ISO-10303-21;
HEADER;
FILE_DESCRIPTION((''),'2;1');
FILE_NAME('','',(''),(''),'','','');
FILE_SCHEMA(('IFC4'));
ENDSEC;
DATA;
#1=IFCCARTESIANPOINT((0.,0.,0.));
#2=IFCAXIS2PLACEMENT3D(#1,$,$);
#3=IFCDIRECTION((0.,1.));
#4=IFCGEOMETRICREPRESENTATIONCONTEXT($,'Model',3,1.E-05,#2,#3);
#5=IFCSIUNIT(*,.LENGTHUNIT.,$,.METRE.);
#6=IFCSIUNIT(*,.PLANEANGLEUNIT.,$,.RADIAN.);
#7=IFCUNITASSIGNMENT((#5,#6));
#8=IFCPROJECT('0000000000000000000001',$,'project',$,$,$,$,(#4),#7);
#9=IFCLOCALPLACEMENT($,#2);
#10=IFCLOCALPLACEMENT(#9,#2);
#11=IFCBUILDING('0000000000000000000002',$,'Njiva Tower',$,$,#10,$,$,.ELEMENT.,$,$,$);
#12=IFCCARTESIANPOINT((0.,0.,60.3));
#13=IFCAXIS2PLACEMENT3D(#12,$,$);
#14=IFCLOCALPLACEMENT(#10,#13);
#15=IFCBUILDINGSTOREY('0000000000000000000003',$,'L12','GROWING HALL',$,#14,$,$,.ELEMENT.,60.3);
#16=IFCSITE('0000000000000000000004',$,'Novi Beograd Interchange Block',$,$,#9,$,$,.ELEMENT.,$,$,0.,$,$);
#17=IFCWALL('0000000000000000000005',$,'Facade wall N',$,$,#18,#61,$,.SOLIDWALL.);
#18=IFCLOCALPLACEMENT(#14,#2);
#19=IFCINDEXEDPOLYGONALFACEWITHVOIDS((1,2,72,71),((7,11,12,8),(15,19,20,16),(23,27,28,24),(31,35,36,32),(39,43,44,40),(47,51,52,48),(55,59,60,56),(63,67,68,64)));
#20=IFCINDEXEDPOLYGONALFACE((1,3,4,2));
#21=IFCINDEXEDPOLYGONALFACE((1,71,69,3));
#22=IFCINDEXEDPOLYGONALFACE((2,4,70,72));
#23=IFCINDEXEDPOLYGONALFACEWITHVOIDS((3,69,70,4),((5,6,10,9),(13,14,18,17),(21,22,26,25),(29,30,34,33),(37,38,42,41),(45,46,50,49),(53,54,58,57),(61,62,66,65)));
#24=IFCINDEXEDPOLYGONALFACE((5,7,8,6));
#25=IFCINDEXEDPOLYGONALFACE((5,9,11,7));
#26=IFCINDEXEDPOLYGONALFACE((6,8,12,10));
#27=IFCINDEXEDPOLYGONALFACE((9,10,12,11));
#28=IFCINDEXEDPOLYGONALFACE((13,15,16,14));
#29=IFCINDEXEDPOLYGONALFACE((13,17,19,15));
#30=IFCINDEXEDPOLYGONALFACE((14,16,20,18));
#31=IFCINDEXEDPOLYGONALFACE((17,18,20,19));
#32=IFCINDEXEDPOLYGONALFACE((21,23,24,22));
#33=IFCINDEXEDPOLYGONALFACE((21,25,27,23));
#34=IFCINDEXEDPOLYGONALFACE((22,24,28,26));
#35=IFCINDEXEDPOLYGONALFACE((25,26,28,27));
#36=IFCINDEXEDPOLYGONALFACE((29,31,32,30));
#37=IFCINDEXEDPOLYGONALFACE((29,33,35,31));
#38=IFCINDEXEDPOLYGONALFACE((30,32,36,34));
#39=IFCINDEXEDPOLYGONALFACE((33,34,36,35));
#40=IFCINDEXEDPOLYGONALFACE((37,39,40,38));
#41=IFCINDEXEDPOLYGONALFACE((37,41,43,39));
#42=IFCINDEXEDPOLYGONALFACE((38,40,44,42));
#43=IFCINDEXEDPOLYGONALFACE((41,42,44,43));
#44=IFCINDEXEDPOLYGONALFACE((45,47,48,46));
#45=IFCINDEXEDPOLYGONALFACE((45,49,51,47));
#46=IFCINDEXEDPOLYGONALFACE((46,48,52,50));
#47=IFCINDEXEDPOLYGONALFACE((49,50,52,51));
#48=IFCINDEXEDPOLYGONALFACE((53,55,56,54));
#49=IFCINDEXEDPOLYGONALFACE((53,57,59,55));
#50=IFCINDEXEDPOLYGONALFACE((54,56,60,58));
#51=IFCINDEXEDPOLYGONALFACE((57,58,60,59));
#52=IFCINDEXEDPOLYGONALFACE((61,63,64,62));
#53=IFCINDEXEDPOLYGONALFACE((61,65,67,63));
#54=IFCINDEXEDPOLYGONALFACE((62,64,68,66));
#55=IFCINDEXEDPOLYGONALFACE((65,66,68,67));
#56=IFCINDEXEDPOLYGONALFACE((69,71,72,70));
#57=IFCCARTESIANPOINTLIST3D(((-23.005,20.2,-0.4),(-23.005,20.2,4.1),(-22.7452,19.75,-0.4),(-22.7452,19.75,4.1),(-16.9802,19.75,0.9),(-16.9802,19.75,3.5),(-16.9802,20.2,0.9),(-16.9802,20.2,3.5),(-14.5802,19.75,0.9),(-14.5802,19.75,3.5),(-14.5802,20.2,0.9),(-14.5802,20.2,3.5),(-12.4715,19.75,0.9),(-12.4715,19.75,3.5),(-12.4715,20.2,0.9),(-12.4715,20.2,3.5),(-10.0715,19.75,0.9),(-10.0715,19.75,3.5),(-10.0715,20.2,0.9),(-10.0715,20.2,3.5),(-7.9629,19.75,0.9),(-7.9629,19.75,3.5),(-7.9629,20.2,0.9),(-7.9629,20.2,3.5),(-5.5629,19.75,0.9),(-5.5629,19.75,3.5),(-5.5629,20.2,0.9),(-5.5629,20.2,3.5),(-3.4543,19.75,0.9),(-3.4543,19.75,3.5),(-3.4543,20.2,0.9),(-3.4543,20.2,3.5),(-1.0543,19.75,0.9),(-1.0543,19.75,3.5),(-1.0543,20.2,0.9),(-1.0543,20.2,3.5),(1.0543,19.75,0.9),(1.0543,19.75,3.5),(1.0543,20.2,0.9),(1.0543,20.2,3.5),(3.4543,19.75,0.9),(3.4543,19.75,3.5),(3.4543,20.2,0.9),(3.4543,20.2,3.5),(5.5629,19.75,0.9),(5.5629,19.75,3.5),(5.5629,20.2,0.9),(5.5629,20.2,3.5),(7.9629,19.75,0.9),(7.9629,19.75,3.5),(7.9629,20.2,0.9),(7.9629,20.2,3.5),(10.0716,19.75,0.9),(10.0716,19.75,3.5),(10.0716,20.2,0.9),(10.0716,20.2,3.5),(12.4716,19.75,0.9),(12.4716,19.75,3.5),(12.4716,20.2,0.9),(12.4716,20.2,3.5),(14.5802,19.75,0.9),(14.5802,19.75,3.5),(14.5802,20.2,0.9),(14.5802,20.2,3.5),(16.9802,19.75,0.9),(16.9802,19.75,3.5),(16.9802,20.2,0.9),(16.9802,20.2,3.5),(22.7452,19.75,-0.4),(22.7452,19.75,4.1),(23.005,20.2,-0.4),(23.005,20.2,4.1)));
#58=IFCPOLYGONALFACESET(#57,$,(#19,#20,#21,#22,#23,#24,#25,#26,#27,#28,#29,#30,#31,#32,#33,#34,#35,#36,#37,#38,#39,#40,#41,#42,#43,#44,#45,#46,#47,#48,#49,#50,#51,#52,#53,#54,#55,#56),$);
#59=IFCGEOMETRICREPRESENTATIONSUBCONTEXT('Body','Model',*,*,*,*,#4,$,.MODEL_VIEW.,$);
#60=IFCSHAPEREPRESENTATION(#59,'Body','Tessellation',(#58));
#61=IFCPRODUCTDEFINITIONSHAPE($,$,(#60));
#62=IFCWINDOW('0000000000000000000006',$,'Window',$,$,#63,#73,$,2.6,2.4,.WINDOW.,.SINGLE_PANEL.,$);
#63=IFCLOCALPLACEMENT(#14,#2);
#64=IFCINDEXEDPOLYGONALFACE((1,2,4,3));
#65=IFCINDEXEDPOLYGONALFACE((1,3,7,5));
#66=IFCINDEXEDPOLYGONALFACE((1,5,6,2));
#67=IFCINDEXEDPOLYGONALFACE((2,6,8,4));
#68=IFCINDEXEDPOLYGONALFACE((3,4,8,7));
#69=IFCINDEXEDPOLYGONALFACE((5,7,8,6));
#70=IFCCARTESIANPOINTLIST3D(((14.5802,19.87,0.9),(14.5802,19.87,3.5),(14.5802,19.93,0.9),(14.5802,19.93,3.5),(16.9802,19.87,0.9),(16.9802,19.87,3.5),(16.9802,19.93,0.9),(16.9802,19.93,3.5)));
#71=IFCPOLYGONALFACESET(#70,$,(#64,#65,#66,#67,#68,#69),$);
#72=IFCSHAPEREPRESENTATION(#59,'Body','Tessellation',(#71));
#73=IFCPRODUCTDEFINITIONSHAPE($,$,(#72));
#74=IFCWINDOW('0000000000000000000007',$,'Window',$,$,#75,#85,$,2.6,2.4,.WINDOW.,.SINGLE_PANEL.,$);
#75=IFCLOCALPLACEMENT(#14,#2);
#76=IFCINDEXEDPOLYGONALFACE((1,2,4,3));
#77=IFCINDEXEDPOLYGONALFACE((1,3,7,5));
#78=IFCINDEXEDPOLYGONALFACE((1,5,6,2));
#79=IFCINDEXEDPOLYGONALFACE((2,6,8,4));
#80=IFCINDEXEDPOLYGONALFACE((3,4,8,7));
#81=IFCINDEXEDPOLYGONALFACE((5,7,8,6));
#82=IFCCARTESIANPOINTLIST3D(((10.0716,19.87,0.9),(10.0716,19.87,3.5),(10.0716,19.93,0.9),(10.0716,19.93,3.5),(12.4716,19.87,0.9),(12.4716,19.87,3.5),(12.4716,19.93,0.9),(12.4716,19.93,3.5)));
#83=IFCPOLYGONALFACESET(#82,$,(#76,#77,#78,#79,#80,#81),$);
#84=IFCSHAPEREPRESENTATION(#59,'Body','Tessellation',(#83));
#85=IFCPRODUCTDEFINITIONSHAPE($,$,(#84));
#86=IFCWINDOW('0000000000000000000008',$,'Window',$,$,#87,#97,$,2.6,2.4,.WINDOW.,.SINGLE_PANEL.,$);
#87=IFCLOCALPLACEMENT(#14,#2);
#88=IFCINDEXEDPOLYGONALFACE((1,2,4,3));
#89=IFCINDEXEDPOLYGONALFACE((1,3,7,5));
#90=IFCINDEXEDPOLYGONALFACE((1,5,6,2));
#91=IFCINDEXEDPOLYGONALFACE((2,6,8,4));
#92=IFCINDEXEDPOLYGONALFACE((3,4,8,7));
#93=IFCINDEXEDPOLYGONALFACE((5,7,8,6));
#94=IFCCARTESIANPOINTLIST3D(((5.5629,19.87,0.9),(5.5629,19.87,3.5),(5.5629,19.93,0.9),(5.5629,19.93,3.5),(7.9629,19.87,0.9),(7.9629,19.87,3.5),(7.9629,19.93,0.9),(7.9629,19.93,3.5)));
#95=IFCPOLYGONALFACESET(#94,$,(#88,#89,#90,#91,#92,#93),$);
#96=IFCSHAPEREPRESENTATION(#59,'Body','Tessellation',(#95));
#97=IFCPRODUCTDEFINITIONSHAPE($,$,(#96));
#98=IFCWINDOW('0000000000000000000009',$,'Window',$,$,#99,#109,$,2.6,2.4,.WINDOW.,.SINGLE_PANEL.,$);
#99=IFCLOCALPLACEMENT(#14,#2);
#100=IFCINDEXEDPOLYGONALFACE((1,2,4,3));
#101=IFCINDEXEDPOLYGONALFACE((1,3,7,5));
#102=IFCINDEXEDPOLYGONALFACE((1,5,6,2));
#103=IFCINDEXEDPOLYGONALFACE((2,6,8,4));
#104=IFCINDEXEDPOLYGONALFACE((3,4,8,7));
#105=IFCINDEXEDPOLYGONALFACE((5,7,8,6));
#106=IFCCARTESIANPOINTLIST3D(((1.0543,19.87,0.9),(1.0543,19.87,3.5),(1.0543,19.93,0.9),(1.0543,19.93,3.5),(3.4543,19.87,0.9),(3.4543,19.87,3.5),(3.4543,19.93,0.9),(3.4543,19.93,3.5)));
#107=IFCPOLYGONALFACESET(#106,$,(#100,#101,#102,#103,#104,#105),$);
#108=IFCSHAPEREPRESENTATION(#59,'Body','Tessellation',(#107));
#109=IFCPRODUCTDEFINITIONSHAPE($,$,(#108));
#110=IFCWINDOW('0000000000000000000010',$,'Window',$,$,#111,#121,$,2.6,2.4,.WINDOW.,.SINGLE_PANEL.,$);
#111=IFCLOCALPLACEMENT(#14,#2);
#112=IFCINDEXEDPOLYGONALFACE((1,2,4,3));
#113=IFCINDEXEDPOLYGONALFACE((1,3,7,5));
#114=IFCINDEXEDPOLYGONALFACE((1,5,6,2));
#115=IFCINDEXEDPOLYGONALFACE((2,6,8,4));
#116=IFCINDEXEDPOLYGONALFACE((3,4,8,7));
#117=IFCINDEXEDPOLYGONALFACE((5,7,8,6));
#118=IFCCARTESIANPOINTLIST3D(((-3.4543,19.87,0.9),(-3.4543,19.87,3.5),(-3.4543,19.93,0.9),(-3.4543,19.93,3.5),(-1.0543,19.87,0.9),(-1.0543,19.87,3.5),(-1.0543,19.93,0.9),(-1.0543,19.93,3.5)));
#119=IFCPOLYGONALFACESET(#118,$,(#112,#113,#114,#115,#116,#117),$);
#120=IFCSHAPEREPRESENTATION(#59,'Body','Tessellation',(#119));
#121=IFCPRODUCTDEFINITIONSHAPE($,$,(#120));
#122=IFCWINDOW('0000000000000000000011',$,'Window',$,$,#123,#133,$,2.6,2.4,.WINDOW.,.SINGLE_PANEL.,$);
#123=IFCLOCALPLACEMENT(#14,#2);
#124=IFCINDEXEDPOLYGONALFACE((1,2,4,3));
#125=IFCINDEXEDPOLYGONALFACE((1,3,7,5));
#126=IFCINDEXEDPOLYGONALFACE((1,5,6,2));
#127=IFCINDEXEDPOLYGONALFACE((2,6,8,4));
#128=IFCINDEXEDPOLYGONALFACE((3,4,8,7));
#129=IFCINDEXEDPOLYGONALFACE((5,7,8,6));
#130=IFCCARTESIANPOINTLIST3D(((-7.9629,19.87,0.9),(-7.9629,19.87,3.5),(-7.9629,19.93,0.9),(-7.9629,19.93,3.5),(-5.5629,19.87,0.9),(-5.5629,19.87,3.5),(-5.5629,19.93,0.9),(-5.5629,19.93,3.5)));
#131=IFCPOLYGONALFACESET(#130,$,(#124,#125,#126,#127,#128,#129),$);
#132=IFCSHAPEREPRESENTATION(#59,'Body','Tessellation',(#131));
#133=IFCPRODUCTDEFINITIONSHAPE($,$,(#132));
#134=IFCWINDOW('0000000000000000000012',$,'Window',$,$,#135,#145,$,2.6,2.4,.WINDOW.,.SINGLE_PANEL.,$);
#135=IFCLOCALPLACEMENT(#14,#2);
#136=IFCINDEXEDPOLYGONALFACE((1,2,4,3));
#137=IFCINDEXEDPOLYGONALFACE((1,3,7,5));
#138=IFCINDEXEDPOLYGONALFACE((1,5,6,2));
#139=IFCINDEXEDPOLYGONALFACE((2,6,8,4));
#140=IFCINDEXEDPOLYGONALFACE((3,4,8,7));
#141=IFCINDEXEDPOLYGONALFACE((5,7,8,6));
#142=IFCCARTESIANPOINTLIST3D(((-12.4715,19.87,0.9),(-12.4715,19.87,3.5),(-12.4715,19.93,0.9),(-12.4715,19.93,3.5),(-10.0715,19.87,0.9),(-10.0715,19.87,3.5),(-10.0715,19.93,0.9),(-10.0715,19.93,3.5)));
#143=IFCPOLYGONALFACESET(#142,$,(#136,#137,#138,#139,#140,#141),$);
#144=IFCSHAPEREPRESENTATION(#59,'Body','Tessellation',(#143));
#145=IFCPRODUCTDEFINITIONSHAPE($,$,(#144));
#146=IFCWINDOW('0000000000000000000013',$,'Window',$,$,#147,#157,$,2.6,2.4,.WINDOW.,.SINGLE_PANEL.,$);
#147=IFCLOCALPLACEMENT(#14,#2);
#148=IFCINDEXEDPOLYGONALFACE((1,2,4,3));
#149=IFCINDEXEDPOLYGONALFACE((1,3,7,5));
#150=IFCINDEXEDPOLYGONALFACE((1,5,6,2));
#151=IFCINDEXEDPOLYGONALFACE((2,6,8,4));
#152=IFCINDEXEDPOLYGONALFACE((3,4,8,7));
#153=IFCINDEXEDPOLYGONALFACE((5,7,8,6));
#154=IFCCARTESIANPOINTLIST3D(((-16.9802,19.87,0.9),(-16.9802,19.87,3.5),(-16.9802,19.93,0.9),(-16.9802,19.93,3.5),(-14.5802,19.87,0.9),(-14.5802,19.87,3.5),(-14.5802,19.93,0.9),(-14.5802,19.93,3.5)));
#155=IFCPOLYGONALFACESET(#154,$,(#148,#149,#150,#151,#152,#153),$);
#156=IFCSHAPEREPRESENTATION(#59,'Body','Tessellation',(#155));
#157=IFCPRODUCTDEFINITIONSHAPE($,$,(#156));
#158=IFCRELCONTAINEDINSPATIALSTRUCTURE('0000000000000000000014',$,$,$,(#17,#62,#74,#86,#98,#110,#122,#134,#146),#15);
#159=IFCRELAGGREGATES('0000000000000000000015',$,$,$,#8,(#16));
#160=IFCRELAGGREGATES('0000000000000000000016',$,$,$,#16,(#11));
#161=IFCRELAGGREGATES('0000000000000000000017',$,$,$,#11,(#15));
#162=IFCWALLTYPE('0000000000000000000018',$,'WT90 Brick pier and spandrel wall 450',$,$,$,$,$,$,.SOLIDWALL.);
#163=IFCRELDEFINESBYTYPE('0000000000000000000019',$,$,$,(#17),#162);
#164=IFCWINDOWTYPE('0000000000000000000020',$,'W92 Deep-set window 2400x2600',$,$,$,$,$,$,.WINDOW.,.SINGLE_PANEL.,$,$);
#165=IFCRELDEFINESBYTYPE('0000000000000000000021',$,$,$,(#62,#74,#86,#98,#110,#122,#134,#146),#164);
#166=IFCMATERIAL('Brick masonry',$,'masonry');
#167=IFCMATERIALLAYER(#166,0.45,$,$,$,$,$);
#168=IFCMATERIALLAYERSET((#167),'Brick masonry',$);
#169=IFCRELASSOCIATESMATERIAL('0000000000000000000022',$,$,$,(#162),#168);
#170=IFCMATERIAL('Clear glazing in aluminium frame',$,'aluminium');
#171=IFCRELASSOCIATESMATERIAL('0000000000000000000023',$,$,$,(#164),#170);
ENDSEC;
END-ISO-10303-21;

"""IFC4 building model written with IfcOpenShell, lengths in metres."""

from ifc_helpers import new_model, si_unit, direction, frame, frame_2d, origin, place, context, subcontext, project, spatial, polyline, rectangle, outline, extrude, material, layer, layer_set, type_object, element, fill, save


model = new_model("IFC4")

# Units and contexts
model_context = context("Model", 3, precision=1e-05, world=origin(), true_north=direction((0.0, 1.0)))
body_context = subcontext(model_context, "Body", "Model", "MODEL_VIEW")
ifc_project = project(units=[si_unit("LENGTHUNIT", "METRE"), si_unit("PLANEANGLEUNIT", "RADIAN")], contexts=[model_context])

# Site, building, storey
site_placement = place(None, origin())
site = spatial("IfcSite", under=ifc_project, at=site_placement, Name="Novi Beograd Interchange Block", CompositionType="ELEMENT", RefElevation=0.0)
building_placement = place(site_placement, origin())
building = spatial("IfcBuilding", under=site, at=building_placement, Name="Njiva Tower", CompositionType="ELEMENT")
storey_placement = place(building_placement, frame((0.0, 0.0, 60.3)))
storey = spatial("IfcBuildingStorey", under=building, at=storey_placement, Name="L12", Description="GROWING HALL", CompositionType="ELEMENT", Elevation=60.3)

# Wall, openings, windows
ifc_material_1 = material(Name="Brick masonry", Category="masonry")
ifc_layer_1 = layer(ifc_material_1, 0.45)
ifc_layer_set_1 = layer_set([ifc_layer_1], Name="Brick masonry")
wall_type_1 = type_object("IfcWallType", Name="WT90 Brick pier and spandrel wall 450", PredefinedType="SOLIDWALL", material=ifc_layer_set_1)
wall_1_placement = place(storey_placement, frame((22.8751, 19.975, -0.4), z_axis=(0.0, 0.0, 1.0), x_axis=(-1.0, 0.0, 0.0)))
wall_1 = element("IfcWall", 1, at=wall_1_placement, inside=storey, type_object=wall_type_1, Name="Facade wall N", PredefinedType="SOLIDWALL", context=body_context, shape_type="SweptSolid", body=[
    extrude(outline(polyline([(-0.1299, -0.225), (45.8801, -0.225), (45.6203, 0.225), (0.1299, 0.225), (-0.1299, -0.225)])), origin(), (0.0, 0.0, 1.0), 4.5),
])
opening_1_placement = place(wall_1_placement, frame((5.8949, 0.0, 1.3)))
opening_1 = element("IfcOpeningElement", 2, at=opening_1_placement, cuts=wall_1, PredefinedType="OPENING", context=body_context, shape_type="SweptSolid", body=[
    extrude(rectangle(XDim=2.4, YDim=2.6, at=frame_2d((1.2, 1.3))), frame((0.0, 0.235, 0.0), z_axis=(0.0, -1.0, 0.0), x_axis=(1.0, 0.0, 0.0)), (0.0, 0.0, 1.0), 0.47),
])
opening_2_placement = place(wall_1_placement, frame((10.4035, 0.0, 1.3)))
opening_2 = element("IfcOpeningElement", 3, at=opening_2_placement, cuts=wall_1, PredefinedType="OPENING", context=body_context, shape_type="SweptSolid", body=[
    extrude(rectangle(XDim=2.4, YDim=2.6, at=frame_2d((1.2, 1.3))), frame((0.0, 0.235, 0.0), z_axis=(0.0, -1.0, 0.0), x_axis=(1.0, 0.0, 0.0)), (0.0, 0.0, 1.0), 0.47),
])
opening_3_placement = place(wall_1_placement, frame((14.9122, 0.0, 1.3)))
opening_3 = element("IfcOpeningElement", 4, at=opening_3_placement, cuts=wall_1, PredefinedType="OPENING", context=body_context, shape_type="SweptSolid", body=[
    extrude(rectangle(XDim=2.4, YDim=2.6, at=frame_2d((1.2, 1.3))), frame((0.0, 0.235, 0.0), z_axis=(0.0, -1.0, 0.0), x_axis=(1.0, 0.0, 0.0)), (0.0, 0.0, 1.0), 0.47),
])
opening_4_placement = place(wall_1_placement, frame((19.4208, 0.0, 1.3)))
opening_4 = element("IfcOpeningElement", 5, at=opening_4_placement, cuts=wall_1, PredefinedType="OPENING", context=body_context, shape_type="SweptSolid", body=[
    extrude(rectangle(XDim=2.4, YDim=2.6, at=frame_2d((1.2, 1.3))), frame((0.0, 0.235, 0.0), z_axis=(0.0, -1.0, 0.0), x_axis=(1.0, 0.0, 0.0)), (0.0, 0.0, 1.0), 0.47),
])
opening_5_placement = place(wall_1_placement, frame((23.9294, 0.0, 1.3)))
opening_5 = element("IfcOpeningElement", 6, at=opening_5_placement, cuts=wall_1, PredefinedType="OPENING", context=body_context, shape_type="SweptSolid", body=[
    extrude(rectangle(XDim=2.4, YDim=2.6, at=frame_2d((1.2, 1.3))), frame((0.0, 0.235, 0.0), z_axis=(0.0, -1.0, 0.0), x_axis=(1.0, 0.0, 0.0)), (0.0, 0.0, 1.0), 0.47),
])
opening_6_placement = place(wall_1_placement, frame((28.438, 0.0, 1.3)))
opening_6 = element("IfcOpeningElement", 7, at=opening_6_placement, cuts=wall_1, PredefinedType="OPENING", context=body_context, shape_type="SweptSolid", body=[
    extrude(rectangle(XDim=2.4, YDim=2.6, at=frame_2d((1.2, 1.3))), frame((0.0, 0.235, 0.0), z_axis=(0.0, -1.0, 0.0), x_axis=(1.0, 0.0, 0.0)), (0.0, 0.0, 1.0), 0.47),
])
opening_7_placement = place(wall_1_placement, frame((32.9466, 0.0, 1.3)))
opening_7 = element("IfcOpeningElement", 8, at=opening_7_placement, cuts=wall_1, PredefinedType="OPENING", context=body_context, shape_type="SweptSolid", body=[
    extrude(rectangle(XDim=2.4, YDim=2.6, at=frame_2d((1.2, 1.3))), frame((0.0, 0.235, 0.0), z_axis=(0.0, -1.0, 0.0), x_axis=(1.0, 0.0, 0.0)), (0.0, 0.0, 1.0), 0.47),
])
opening_8_placement = place(wall_1_placement, frame((37.4553, 0.0, 1.3)))
opening_8 = element("IfcOpeningElement", 9, at=opening_8_placement, cuts=wall_1, PredefinedType="OPENING", context=body_context, shape_type="SweptSolid", body=[
    extrude(rectangle(XDim=2.4, YDim=2.6, at=frame_2d((1.2, 1.3))), frame((0.0, 0.235, 0.0), z_axis=(0.0, -1.0, 0.0), x_axis=(1.0, 0.0, 0.0)), (0.0, 0.0, 1.0), 0.47),
])
ifc_material_2 = material(Name="Clear glazing in aluminium frame", Category="aluminium")
window_type = type_object("IfcWindowType", Name="W92 Deep-set window 2400x2600", PartitioningType="SINGLE_PANEL", PredefinedType="WINDOW", material=ifc_material_2)
window_1_placement = place(opening_1_placement, origin())
window_1 = element("IfcWindow", 10, at=window_1_placement, inside=storey, type_object=window_type, Name="Window", OverallHeight=2.6, OverallWidth=2.4, PartitioningType="SINGLE_PANEL", PredefinedType="WINDOW", context=body_context, shape_type="SweptSolid", body=[
    extrude(rectangle(XDim=2.4, YDim=2.6, at=frame_2d((1.2, 1.3))), frame((0.0, 0.105, 0.0), z_axis=(0.0, -1.0, 0.0), x_axis=(1.0, 0.0, 0.0)), (0.0, 0.0, 1.0), 0.06),
])
fill(opening_1, window_1)
window_2_placement = place(opening_2_placement, origin())
window_2 = element("IfcWindow", 11, at=window_2_placement, inside=storey, type_object=window_type, Name="Window", OverallHeight=2.6, OverallWidth=2.4, PartitioningType="SINGLE_PANEL", PredefinedType="WINDOW", context=body_context, shape_type="SweptSolid", body=[
    extrude(rectangle(XDim=2.4, YDim=2.6, at=frame_2d((1.2, 1.3))), frame((0.0, 0.105, 0.0), z_axis=(0.0, -1.0, 0.0), x_axis=(1.0, 0.0, 0.0)), (0.0, 0.0, 1.0), 0.06),
])
fill(opening_2, window_2)
window_3_placement = place(opening_3_placement, origin())
window_3 = element("IfcWindow", 12, at=window_3_placement, inside=storey, type_object=window_type, Name="Window", OverallHeight=2.6, OverallWidth=2.4, PartitioningType="SINGLE_PANEL", PredefinedType="WINDOW", context=body_context, shape_type="SweptSolid", body=[
    extrude(rectangle(XDim=2.4, YDim=2.6, at=frame_2d((1.2, 1.3))), frame((0.0, 0.105, 0.0), z_axis=(0.0, -1.0, 0.0), x_axis=(1.0, 0.0, 0.0)), (0.0, 0.0, 1.0), 0.06),
])
fill(opening_3, window_3)
window_4_placement = place(opening_4_placement, origin())
window_4 = element("IfcWindow", 13, at=window_4_placement, inside=storey, type_object=window_type, Name="Window", OverallHeight=2.6, OverallWidth=2.4, PartitioningType="SINGLE_PANEL", PredefinedType="WINDOW", context=body_context, shape_type="SweptSolid", body=[
    extrude(rectangle(XDim=2.4, YDim=2.6, at=frame_2d((1.2, 1.3))), frame((0.0, 0.105, 0.0), z_axis=(0.0, -1.0, 0.0), x_axis=(1.0, 0.0, 0.0)), (0.0, 0.0, 1.0), 0.06),
])
fill(opening_4, window_4)
window_5_placement = place(opening_5_placement, origin())
window_5 = element("IfcWindow", 14, at=window_5_placement, inside=storey, type_object=window_type, Name="Window", OverallHeight=2.6, OverallWidth=2.4, PartitioningType="SINGLE_PANEL", PredefinedType="WINDOW", context=body_context, shape_type="SweptSolid", body=[
    extrude(rectangle(XDim=2.4, YDim=2.6, at=frame_2d((1.2, 1.3))), frame((0.0, 0.105, 0.0), z_axis=(0.0, -1.0, 0.0), x_axis=(1.0, 0.0, 0.0)), (0.0, 0.0, 1.0), 0.06),
])
fill(opening_5, window_5)
window_6_placement = place(opening_6_placement, origin())
window_6 = element("IfcWindow", 15, at=window_6_placement, inside=storey, type_object=window_type, Name="Window", OverallHeight=2.6, OverallWidth=2.4, PartitioningType="SINGLE_PANEL", PredefinedType="WINDOW", context=body_context, shape_type="SweptSolid", body=[
    extrude(rectangle(XDim=2.4, YDim=2.6, at=frame_2d((1.2, 1.3))), frame((0.0, 0.105, 0.0), z_axis=(0.0, -1.0, 0.0), x_axis=(1.0, 0.0, 0.0)), (0.0, 0.0, 1.0), 0.06),
])
fill(opening_6, window_6)
window_7_placement = place(opening_7_placement, origin())
window_7 = element("IfcWindow", 16, at=window_7_placement, inside=storey, type_object=window_type, Name="Window", OverallHeight=2.6, OverallWidth=2.4, PartitioningType="SINGLE_PANEL", PredefinedType="WINDOW", context=body_context, shape_type="SweptSolid", body=[
    extrude(rectangle(XDim=2.4, YDim=2.6, at=frame_2d((1.2, 1.3))), frame((0.0, 0.105, 0.0), z_axis=(0.0, -1.0, 0.0), x_axis=(1.0, 0.0, 0.0)), (0.0, 0.0, 1.0), 0.06),
])
fill(opening_7, window_7)
window_8_placement = place(opening_8_placement, origin())
window_8 = element("IfcWindow", 17, at=window_8_placement, inside=storey, type_object=window_type, Name="Window", OverallHeight=2.6, OverallWidth=2.4, PartitioningType="SINGLE_PANEL", PredefinedType="WINDOW", context=body_context, shape_type="SweptSolid", body=[
    extrude(rectangle(XDim=2.4, YDim=2.6, at=frame_2d((1.2, 1.3))), frame((0.0, 0.105, 0.0), z_axis=(0.0, -1.0, 0.0), x_axis=(1.0, 0.0, 0.0)), (0.0, 0.0, 1.0), 0.06),
])
fill(opening_8, window_8)

save(model, "model.ifc")
